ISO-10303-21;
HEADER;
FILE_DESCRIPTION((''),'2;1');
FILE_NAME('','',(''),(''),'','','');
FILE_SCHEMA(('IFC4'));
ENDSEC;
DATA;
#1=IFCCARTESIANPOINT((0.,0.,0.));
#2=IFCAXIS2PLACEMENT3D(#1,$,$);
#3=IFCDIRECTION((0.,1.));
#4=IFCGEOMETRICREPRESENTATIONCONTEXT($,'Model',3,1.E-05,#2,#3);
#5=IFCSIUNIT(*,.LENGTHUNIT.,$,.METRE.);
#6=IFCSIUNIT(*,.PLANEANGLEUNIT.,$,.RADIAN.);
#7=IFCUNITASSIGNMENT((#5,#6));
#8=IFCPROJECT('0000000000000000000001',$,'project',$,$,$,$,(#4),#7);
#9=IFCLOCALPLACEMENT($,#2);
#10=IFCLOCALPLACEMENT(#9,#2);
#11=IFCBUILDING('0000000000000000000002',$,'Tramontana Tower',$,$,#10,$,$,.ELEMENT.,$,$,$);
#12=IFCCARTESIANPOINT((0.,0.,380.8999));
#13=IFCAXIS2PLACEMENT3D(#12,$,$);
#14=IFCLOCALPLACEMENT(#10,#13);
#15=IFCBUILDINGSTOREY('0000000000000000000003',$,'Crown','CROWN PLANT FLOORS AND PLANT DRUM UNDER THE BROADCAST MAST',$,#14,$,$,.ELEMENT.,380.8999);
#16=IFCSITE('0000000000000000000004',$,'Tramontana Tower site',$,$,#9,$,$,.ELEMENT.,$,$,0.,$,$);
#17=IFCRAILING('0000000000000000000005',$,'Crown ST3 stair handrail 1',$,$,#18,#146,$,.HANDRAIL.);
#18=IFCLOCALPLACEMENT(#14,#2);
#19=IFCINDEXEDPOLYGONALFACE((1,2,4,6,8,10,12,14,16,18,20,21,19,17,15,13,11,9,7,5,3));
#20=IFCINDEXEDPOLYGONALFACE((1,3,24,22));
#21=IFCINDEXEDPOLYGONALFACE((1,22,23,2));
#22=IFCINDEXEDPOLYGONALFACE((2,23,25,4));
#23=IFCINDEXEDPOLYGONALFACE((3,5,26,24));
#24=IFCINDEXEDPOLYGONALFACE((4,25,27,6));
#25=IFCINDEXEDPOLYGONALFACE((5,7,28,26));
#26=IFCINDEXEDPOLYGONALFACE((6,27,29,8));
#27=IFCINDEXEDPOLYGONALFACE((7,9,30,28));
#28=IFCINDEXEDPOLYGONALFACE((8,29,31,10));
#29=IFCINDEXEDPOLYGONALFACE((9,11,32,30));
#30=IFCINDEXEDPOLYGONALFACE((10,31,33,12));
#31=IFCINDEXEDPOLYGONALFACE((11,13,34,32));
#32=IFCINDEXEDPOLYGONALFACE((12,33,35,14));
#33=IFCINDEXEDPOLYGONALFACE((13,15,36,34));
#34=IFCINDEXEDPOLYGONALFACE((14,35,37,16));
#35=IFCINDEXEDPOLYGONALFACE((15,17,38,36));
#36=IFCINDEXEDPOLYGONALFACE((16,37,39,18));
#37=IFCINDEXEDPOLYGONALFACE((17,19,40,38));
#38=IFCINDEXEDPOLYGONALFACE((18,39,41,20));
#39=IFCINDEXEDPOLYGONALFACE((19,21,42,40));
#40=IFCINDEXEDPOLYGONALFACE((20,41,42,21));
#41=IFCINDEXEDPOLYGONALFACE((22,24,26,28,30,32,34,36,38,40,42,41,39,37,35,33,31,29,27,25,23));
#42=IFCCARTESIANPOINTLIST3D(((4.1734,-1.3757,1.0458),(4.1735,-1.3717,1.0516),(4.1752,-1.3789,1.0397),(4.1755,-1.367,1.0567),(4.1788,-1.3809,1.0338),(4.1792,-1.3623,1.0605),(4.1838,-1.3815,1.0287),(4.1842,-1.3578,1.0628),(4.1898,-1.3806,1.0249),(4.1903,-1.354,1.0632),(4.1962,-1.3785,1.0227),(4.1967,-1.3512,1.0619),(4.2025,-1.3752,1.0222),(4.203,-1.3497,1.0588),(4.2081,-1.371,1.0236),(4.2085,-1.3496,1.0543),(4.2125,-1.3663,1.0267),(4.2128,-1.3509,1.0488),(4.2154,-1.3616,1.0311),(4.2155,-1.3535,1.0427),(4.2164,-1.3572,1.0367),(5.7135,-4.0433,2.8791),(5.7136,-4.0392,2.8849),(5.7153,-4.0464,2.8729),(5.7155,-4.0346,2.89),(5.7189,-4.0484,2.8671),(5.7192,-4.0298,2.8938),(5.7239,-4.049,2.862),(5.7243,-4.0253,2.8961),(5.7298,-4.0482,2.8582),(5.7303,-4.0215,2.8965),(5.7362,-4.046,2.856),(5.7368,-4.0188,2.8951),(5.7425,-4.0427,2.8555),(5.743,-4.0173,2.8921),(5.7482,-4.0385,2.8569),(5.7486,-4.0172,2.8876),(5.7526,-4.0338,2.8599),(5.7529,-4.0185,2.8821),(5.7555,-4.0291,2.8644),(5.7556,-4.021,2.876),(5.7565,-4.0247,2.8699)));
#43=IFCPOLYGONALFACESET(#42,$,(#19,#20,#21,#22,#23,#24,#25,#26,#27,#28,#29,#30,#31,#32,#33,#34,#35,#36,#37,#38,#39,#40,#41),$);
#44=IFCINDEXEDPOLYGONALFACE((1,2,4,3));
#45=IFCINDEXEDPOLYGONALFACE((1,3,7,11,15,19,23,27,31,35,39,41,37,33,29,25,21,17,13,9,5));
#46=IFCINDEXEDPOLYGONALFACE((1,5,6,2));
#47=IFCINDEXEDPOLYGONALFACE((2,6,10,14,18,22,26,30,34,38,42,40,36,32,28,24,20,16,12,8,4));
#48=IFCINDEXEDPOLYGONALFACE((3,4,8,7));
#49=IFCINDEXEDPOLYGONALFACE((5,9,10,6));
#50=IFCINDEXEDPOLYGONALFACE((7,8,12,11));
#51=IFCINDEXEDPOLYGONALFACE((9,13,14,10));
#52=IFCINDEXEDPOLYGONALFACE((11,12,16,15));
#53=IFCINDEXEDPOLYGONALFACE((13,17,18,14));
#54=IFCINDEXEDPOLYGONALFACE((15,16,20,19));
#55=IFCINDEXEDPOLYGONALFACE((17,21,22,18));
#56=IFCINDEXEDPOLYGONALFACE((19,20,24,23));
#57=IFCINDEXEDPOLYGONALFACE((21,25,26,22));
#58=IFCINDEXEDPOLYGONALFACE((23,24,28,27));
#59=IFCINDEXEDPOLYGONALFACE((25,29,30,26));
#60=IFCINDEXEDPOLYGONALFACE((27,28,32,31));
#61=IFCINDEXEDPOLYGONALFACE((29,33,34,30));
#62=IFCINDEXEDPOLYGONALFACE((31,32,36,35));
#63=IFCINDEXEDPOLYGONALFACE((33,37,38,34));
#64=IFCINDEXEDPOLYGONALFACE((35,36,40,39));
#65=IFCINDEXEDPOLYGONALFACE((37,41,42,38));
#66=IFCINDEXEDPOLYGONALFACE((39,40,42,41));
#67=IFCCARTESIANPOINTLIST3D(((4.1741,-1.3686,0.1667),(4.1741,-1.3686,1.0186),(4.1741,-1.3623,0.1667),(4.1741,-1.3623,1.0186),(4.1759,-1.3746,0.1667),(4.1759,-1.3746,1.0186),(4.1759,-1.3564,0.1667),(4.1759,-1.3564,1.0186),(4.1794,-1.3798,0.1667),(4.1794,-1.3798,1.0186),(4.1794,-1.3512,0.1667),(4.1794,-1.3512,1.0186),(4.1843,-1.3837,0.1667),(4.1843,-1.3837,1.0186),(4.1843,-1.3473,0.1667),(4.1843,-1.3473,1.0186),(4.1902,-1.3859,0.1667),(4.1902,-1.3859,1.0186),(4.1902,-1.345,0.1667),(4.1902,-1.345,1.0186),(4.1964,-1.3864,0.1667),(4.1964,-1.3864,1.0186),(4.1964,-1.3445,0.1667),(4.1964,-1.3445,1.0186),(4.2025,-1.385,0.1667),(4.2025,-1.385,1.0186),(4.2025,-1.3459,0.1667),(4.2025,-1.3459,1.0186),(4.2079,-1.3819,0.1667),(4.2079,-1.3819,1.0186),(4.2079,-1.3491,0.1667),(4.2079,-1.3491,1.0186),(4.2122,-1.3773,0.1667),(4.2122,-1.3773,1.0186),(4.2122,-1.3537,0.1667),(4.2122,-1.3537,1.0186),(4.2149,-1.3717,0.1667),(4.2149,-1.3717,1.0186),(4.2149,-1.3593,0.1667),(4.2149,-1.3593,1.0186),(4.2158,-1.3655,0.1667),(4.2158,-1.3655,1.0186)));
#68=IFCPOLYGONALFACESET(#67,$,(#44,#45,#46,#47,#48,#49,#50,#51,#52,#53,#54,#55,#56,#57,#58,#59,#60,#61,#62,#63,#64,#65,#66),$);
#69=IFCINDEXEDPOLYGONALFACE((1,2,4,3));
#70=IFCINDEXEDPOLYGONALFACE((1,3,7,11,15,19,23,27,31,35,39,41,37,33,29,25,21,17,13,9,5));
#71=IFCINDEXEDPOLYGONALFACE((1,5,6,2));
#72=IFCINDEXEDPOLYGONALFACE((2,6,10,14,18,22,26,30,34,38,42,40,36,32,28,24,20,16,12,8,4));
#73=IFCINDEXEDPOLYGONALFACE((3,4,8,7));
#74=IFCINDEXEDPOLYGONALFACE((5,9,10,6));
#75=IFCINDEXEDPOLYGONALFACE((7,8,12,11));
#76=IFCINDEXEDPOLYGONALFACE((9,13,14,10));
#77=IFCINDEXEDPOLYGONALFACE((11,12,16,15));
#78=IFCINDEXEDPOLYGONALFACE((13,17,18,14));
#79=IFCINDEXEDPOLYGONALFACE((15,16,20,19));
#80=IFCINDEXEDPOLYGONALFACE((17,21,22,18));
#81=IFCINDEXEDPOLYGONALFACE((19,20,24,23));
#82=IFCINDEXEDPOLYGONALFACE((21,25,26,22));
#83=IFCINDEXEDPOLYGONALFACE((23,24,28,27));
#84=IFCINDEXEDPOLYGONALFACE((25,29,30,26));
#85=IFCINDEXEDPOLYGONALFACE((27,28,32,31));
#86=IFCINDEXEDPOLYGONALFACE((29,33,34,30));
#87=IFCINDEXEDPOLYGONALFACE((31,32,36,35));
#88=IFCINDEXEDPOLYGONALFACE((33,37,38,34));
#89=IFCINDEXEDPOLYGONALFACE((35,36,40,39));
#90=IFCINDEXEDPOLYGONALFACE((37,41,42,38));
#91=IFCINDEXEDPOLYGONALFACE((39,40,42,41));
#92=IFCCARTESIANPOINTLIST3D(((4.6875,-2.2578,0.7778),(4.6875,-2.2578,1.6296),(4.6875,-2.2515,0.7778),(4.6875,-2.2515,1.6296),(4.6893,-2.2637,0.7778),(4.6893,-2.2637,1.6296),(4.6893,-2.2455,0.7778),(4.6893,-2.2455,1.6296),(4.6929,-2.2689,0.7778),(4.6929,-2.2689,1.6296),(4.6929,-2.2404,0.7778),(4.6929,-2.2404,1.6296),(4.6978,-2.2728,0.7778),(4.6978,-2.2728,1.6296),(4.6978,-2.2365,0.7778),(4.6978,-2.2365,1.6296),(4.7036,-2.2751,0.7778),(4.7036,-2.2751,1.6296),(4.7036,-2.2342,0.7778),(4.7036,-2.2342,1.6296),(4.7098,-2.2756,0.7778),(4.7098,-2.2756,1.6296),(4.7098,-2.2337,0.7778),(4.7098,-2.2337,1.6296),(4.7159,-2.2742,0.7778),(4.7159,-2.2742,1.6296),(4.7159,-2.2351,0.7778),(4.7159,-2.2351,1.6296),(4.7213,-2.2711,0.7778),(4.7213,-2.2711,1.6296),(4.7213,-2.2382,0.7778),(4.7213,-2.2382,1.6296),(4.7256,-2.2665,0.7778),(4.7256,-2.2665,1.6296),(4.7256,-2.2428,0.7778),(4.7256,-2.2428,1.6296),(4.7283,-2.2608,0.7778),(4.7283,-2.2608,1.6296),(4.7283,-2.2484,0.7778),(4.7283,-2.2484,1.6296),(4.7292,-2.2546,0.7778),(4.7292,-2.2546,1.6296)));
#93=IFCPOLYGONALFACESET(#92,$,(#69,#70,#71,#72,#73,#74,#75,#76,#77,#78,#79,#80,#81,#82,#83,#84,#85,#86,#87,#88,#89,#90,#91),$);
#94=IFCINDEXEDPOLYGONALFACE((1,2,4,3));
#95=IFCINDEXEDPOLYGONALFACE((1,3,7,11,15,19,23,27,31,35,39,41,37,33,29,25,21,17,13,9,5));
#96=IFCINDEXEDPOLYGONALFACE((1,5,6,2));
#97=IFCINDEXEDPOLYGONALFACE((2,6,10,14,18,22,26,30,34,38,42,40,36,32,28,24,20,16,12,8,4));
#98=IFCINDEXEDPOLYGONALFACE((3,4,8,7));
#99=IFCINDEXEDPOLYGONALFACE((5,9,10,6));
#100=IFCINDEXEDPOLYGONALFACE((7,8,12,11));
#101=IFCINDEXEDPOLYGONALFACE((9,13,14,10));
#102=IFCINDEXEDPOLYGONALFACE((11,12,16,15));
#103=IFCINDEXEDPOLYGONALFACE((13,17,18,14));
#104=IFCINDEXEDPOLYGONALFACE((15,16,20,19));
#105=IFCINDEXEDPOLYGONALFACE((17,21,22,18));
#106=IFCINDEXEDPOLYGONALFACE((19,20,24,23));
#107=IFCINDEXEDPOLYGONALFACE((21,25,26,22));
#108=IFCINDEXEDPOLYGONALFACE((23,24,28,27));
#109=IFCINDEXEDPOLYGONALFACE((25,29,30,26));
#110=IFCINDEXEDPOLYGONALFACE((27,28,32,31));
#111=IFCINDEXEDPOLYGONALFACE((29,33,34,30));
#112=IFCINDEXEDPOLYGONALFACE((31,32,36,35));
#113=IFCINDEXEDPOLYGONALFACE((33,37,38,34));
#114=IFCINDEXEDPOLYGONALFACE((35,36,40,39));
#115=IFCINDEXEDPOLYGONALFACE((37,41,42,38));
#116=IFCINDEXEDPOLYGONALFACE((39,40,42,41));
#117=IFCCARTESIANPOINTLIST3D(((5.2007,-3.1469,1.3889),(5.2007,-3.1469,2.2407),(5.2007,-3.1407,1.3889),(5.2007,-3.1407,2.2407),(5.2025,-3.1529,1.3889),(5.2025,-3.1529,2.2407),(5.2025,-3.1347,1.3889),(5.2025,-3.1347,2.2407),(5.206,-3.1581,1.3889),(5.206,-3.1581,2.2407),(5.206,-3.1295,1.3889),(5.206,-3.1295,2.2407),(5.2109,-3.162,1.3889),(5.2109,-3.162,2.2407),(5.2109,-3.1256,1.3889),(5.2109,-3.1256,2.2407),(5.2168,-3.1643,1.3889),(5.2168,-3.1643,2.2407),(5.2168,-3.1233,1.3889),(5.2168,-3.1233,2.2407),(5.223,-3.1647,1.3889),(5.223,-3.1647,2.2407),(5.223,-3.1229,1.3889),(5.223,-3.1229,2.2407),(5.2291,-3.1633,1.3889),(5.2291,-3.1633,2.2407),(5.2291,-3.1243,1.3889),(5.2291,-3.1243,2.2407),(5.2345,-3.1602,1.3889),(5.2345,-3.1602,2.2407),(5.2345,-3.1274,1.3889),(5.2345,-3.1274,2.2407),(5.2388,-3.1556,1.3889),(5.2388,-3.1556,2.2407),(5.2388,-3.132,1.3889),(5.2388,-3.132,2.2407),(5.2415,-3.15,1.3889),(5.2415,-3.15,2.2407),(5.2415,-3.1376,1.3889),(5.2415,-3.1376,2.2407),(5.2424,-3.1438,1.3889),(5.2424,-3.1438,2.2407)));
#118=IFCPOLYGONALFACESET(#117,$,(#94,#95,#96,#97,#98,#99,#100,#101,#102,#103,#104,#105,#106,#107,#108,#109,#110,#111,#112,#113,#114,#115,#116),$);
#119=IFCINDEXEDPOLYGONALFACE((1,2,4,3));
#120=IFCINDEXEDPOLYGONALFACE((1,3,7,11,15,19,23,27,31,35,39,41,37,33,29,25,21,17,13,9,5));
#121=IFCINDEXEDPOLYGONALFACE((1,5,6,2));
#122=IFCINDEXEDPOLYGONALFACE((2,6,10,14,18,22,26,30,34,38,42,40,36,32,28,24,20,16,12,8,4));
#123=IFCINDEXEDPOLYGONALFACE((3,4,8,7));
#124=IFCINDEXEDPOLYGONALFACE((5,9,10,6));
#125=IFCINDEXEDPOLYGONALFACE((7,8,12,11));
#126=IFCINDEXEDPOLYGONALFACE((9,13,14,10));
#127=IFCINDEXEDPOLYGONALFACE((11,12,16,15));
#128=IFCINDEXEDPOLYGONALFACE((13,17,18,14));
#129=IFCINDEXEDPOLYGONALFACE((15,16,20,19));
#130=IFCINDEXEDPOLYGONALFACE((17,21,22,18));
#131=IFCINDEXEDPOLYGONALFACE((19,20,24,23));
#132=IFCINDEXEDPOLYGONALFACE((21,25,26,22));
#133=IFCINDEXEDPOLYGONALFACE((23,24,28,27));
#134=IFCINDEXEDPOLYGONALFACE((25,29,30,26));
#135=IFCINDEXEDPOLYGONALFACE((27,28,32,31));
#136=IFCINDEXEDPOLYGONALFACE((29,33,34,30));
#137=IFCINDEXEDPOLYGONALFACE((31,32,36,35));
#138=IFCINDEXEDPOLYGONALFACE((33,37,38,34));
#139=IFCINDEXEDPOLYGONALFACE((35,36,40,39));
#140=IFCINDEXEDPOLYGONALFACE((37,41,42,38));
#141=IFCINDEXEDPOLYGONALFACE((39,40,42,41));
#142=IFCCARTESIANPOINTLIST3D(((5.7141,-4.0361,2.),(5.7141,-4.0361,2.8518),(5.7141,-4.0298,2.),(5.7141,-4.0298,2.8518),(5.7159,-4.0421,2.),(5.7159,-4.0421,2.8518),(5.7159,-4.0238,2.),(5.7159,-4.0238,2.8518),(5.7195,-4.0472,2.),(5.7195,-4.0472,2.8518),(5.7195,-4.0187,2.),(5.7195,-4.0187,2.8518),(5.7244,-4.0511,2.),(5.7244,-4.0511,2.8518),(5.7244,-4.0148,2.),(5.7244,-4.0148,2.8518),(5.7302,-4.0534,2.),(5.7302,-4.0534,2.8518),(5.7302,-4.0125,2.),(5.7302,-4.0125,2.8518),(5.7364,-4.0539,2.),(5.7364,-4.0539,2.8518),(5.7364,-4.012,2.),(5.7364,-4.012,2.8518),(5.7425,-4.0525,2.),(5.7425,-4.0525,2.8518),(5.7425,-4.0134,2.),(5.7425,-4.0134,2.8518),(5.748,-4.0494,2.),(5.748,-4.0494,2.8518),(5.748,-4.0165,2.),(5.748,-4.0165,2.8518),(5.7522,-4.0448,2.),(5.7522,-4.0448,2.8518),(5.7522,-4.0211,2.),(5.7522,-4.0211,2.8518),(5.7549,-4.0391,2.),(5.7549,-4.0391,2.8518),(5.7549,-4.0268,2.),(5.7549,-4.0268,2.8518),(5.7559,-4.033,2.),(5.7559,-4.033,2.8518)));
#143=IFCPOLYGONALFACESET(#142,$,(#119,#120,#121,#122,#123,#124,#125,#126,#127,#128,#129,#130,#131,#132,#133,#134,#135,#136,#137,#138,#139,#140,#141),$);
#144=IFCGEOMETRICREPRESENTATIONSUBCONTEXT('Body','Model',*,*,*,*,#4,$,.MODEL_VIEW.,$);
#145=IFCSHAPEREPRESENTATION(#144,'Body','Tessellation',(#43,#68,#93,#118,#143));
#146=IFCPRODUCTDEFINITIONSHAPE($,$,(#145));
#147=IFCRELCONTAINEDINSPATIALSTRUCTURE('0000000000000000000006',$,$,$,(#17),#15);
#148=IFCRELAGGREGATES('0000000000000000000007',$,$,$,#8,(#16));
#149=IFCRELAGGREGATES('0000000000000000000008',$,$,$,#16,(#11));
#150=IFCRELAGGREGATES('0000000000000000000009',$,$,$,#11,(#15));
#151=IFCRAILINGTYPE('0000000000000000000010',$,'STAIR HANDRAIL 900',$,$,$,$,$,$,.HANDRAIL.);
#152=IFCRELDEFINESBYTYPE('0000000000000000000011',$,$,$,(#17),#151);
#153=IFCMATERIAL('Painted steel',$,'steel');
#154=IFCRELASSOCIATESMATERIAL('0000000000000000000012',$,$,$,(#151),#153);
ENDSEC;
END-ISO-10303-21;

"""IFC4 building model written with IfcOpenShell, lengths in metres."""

from ifc_helpers import new_model, si_unit, direction, frame, origin, origin_2d, place, context, subcontext, project, spatial, circle, extrude, material, type_object, element, save


model = new_model("IFC4")

# Units and contexts
model_context = context("Model", 3, precision=1e-05, world=origin(), true_north=direction((0.0, 1.0)))
body_context = subcontext(model_context, "Body", "Model", "MODEL_VIEW")
ifc_project = project(units=[si_unit("LENGTHUNIT", "METRE"), si_unit("PLANEANGLEUNIT", "RADIAN")], contexts=[model_context])

# Site, building, storey
site_placement = place(None, origin())
site = spatial("IfcSite", under=ifc_project, at=site_placement, Name="Tramontana Tower site", CompositionType="ELEMENT", RefElevation=0.0)
building_placement = place(site_placement, origin())
building = spatial("IfcBuilding", under=site, at=building_placement, Name="Tramontana Tower", CompositionType="ELEMENT")
storey_placement = place(building_placement, frame((0.0, 0.0, 380.8999)))
storey = spatial("IfcBuildingStorey", under=building, at=storey_placement, Name="Crown", Description="CROWN PLANT FLOORS AND PLANT DRUM UNDER THE BROADCAST MAST", CompositionType="ELEMENT", Elevation=380.8999)

# Railing
ifc_material_1 = material(Name="Painted steel", Category="steel")
railing_type_1 = type_object("IfcRailingType", Name="STAIR HANDRAIL 900", PredefinedType="HANDRAIL", material=ifc_material_1)
railing_1_placement = place(storey_placement, frame((4.1948, -1.3655, 0.1667)))
element("IfcRailing", 1, at=railing_1_placement, inside=storey, type_object=railing_type_1, Name="Crown ST3 stair handrail 1", PredefinedType="HANDRAIL", context=body_context, shape_type="SweptSolid", body=[
    extrude(circle(Radius=0.0239, at=origin_2d()), frame((0.0, 0.0, 0.876), z_axis=(0.429649, -0.74419, 0.511452), x_axis=(0.86603, 0.499992, 0.0)), (0.0, 0.0, 1.0), 3.5845),
    extrude(circle(Radius=0.021, at=origin_2d()), origin(), (0.0, 0.0, 1.0), 0.8518),
    extrude(circle(Radius=0.021, at=origin_2d()), frame((0.5134, -0.8892, 0.6111)), (0.0, 0.0, 1.0), 0.8518),
    extrude(circle(Radius=0.021, at=origin_2d()), frame((1.0266, -1.7783, 1.2222)), (0.0, 0.0, 1.0), 0.8518),
    extrude(circle(Radius=0.021, at=origin_2d()), frame((1.54, -2.6675, 1.8333)), (0.0, 0.0, 1.0), 0.8518),
])

save(model, "model.ifc")
